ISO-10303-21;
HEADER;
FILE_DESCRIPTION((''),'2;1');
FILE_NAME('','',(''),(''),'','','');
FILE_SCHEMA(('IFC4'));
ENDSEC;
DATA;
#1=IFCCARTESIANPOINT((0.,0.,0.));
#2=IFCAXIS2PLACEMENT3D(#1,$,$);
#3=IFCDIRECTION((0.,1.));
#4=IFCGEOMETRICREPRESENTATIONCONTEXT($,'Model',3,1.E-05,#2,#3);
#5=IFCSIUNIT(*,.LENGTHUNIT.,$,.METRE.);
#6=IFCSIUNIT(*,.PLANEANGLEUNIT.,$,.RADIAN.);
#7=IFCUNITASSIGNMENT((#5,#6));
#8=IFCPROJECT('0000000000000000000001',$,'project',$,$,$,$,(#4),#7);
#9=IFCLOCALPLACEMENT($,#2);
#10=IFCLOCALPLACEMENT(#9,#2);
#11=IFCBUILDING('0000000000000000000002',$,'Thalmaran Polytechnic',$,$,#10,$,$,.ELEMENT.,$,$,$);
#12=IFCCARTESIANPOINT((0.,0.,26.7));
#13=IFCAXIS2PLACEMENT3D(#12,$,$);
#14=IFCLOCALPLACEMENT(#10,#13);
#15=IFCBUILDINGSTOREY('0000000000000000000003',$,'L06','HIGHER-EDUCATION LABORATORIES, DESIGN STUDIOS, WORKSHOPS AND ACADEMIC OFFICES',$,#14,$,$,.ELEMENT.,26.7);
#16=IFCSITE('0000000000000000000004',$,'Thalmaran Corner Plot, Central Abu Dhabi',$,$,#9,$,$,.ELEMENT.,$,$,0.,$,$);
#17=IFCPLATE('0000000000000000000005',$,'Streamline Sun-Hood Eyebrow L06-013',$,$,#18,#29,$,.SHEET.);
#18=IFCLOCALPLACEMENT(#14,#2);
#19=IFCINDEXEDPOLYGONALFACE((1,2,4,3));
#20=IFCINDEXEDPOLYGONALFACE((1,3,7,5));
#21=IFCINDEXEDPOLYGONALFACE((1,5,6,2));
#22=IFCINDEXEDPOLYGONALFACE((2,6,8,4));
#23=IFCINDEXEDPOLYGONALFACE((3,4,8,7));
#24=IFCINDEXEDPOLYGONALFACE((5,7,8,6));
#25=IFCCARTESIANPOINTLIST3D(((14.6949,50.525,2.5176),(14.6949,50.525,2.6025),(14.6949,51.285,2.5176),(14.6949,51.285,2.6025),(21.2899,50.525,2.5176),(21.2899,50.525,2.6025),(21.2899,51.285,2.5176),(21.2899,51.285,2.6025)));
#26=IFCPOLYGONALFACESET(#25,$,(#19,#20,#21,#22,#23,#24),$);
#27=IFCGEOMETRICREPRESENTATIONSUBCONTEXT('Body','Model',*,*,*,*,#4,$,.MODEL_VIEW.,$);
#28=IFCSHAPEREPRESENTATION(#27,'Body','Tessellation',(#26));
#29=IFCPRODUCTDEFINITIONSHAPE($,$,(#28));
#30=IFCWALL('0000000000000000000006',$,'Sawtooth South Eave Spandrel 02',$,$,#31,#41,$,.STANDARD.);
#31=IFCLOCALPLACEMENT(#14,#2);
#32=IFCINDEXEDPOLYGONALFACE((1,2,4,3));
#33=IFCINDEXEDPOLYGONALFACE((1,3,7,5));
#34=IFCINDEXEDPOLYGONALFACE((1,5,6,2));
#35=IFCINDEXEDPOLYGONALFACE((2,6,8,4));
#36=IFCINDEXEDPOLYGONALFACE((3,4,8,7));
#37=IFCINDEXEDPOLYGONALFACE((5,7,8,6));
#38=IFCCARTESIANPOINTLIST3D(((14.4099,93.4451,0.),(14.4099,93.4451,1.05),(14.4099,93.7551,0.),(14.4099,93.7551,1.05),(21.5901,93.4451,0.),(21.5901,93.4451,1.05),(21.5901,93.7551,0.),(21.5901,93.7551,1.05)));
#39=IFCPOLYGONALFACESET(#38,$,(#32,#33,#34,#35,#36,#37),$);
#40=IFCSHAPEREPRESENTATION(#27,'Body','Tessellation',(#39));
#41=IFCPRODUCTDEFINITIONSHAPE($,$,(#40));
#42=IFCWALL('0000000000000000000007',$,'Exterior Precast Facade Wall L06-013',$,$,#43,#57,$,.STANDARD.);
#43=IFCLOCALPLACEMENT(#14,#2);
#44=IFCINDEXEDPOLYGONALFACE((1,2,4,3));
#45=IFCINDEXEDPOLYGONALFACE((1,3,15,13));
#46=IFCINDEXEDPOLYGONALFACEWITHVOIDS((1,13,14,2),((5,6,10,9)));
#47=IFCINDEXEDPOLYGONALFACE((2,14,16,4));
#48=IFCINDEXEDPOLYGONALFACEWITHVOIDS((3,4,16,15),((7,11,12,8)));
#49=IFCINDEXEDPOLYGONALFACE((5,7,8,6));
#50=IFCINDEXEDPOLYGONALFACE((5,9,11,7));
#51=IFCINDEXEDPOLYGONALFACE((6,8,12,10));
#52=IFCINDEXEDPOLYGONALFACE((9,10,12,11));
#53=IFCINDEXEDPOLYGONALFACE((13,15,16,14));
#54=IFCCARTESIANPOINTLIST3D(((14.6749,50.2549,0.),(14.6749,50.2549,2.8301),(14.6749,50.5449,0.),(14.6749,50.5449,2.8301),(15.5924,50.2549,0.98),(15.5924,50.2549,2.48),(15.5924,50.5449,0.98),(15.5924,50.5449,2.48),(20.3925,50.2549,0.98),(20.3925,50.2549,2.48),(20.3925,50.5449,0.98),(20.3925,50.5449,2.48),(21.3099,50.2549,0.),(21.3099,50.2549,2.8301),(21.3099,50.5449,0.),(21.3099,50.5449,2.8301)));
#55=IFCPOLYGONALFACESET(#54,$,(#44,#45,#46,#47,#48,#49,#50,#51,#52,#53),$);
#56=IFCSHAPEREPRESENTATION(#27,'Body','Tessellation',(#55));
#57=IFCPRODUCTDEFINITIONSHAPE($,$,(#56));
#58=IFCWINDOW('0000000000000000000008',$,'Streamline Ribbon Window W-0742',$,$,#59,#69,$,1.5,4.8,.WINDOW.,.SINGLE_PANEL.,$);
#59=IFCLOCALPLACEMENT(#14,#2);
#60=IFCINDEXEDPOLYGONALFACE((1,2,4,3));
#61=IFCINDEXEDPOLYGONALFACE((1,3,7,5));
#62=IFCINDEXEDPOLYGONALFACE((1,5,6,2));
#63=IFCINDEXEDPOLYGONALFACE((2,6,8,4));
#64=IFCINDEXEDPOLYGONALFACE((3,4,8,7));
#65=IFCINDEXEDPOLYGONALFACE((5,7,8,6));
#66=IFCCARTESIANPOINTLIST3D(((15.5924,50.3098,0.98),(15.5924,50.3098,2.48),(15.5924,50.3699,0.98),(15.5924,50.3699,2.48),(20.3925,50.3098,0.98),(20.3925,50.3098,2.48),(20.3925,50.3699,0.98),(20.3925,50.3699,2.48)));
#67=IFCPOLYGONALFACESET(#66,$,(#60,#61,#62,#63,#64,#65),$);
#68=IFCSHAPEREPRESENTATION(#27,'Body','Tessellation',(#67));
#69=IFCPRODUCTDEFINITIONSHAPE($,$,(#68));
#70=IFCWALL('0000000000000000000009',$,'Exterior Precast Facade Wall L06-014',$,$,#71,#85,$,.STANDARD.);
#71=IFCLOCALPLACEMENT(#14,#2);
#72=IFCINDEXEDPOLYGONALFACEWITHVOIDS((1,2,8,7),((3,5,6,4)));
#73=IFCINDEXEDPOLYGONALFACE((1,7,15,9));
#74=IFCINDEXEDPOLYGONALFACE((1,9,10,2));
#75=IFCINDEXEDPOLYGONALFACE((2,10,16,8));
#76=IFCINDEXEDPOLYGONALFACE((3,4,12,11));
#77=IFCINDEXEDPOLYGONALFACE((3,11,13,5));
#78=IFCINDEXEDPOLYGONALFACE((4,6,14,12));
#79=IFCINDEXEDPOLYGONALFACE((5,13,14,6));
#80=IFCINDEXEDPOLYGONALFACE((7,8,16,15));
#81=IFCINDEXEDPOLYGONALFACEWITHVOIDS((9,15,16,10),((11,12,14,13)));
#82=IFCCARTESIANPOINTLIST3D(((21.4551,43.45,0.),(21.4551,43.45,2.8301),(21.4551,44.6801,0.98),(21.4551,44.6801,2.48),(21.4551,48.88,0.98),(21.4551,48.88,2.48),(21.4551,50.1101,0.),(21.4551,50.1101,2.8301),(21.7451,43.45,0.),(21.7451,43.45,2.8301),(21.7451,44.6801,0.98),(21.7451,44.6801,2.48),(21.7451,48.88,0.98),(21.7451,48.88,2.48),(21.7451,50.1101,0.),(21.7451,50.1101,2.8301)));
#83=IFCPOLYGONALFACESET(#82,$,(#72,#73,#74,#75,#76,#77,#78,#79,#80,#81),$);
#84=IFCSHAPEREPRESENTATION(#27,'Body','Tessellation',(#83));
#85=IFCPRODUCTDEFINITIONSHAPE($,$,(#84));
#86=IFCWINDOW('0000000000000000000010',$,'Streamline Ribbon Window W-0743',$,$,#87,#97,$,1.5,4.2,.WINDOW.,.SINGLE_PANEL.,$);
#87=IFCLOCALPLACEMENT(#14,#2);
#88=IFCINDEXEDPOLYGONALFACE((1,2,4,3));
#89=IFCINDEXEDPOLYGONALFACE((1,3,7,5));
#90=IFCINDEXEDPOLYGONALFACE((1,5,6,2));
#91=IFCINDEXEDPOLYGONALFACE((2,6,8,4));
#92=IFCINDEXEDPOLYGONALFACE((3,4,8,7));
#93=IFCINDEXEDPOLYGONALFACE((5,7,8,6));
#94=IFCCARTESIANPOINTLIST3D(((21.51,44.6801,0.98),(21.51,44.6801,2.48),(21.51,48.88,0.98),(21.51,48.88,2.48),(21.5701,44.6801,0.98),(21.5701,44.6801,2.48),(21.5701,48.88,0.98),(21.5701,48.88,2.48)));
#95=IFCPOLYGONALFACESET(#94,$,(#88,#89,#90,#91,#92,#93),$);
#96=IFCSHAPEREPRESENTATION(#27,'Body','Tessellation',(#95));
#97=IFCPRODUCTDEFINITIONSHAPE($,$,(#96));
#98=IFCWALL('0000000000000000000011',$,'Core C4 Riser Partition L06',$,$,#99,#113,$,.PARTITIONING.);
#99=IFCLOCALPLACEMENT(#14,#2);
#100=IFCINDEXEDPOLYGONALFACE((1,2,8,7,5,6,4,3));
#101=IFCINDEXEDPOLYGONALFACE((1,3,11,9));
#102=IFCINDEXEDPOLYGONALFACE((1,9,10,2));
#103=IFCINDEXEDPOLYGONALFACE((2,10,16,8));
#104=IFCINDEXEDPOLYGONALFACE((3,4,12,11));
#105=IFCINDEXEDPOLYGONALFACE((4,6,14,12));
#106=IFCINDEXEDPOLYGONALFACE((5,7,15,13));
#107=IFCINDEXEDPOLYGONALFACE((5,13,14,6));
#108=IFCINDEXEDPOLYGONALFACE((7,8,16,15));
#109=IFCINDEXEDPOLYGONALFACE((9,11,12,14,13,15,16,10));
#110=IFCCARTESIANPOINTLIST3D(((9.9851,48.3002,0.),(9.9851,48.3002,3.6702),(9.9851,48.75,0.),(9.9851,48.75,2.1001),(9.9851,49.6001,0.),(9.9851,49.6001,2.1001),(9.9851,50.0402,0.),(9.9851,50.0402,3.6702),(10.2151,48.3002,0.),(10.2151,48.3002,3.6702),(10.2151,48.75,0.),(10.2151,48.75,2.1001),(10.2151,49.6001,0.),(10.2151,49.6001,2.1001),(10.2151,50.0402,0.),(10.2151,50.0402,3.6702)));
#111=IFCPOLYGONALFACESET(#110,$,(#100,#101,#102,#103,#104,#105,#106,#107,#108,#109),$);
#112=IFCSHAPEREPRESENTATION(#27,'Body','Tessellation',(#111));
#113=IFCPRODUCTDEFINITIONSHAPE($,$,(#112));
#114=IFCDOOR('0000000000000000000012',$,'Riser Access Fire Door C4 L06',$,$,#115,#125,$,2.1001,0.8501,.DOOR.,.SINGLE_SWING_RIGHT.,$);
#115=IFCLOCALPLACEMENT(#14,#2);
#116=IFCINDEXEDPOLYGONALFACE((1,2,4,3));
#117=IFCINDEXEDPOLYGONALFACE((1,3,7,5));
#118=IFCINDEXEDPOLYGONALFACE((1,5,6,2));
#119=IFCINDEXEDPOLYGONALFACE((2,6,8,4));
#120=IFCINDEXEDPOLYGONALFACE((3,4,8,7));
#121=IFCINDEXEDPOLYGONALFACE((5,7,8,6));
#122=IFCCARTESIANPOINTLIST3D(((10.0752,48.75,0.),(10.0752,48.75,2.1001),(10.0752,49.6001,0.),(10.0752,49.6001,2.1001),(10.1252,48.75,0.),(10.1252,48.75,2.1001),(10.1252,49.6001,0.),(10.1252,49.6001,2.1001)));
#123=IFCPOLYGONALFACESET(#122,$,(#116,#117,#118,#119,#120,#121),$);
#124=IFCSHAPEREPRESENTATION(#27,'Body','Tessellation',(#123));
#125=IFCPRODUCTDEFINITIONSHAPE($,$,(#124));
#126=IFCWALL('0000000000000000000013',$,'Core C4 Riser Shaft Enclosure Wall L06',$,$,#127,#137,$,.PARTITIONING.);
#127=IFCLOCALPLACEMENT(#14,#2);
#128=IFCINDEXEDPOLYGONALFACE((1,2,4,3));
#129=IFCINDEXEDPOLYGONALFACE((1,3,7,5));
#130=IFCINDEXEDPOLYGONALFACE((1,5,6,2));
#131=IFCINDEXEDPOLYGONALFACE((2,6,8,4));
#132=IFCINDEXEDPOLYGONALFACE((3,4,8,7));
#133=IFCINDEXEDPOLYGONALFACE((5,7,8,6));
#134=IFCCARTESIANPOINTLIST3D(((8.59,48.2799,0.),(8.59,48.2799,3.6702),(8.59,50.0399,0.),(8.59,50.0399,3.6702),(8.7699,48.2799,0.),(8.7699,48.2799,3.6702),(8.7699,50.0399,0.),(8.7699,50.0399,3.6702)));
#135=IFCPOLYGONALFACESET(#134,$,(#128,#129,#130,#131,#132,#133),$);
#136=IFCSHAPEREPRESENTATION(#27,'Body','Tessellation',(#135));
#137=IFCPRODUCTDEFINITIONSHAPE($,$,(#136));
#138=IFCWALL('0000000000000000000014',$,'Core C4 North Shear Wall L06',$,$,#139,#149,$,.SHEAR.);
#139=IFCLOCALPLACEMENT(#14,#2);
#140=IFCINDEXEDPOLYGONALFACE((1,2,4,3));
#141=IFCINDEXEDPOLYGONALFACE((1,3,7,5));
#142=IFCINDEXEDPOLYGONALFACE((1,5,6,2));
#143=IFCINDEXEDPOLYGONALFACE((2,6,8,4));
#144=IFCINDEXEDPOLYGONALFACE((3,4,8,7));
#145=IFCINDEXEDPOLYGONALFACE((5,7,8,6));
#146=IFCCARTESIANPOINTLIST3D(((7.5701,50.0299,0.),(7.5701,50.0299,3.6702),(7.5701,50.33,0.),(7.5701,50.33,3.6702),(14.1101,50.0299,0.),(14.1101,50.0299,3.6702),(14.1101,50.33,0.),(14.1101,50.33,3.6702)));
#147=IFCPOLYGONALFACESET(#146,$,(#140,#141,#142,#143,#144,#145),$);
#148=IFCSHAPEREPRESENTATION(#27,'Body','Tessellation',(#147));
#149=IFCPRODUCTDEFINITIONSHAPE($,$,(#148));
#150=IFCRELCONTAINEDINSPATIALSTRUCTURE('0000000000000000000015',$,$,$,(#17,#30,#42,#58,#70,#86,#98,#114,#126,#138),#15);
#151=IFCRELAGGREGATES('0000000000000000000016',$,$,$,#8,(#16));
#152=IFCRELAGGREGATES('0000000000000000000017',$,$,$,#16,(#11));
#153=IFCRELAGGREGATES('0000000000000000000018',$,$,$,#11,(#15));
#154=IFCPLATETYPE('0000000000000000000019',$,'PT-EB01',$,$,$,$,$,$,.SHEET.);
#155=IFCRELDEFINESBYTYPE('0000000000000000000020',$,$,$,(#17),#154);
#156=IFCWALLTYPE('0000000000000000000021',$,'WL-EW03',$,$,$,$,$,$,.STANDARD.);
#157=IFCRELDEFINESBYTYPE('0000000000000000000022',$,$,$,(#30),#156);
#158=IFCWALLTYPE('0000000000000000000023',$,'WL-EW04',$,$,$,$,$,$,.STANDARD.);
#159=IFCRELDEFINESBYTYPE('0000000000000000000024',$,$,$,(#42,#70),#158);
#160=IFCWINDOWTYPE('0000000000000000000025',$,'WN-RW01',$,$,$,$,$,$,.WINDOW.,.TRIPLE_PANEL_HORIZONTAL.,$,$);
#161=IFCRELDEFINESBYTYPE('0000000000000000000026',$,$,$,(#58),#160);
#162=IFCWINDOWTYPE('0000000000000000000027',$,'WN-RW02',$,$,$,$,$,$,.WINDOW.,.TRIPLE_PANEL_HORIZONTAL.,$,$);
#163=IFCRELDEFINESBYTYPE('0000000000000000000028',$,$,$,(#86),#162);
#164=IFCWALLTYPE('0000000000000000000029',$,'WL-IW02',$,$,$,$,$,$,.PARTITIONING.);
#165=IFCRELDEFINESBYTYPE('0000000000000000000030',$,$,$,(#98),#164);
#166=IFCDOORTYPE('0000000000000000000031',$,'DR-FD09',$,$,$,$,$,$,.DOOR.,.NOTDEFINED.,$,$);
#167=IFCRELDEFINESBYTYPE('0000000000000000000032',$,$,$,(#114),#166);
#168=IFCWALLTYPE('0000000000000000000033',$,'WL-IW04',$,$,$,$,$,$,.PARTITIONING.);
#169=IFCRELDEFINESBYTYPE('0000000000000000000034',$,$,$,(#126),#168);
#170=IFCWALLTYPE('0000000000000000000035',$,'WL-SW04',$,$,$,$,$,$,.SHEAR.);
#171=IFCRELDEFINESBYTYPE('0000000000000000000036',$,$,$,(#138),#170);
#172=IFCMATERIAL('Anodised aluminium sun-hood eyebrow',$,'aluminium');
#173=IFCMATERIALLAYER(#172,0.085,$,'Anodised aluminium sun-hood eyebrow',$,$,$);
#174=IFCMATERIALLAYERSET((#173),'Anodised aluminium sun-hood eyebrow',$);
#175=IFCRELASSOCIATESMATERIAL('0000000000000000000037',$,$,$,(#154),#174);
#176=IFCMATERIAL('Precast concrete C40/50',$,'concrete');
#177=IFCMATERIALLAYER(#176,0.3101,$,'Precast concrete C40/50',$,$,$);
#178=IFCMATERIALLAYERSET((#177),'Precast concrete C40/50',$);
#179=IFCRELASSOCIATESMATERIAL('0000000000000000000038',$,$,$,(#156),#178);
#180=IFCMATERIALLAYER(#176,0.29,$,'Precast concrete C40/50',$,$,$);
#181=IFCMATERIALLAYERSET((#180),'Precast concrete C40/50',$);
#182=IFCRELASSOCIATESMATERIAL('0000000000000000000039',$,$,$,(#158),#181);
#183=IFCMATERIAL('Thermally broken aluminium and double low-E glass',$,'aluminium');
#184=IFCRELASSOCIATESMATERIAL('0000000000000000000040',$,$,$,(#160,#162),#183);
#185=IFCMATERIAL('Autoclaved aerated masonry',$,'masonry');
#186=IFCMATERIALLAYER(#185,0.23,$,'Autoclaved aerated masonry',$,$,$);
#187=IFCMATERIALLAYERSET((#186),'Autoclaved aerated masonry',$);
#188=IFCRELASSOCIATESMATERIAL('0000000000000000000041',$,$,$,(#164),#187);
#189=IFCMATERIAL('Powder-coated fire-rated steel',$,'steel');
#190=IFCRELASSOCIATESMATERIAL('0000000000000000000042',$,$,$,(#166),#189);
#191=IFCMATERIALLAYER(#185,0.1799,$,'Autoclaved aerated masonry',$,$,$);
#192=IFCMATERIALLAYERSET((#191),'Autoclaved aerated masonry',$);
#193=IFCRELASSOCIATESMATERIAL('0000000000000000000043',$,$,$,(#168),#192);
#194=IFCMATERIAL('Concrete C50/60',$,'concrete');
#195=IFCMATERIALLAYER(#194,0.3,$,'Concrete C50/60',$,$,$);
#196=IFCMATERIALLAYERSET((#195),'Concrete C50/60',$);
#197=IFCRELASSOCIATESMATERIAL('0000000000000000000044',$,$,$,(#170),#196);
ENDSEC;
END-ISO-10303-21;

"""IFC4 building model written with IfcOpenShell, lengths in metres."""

from ifc_helpers import new_model, si_unit, direction, frame, frame_2d, origin, origin_2d, place, context, subcontext, project, spatial, rectangle, extrude, material, layer, layer_set, type_object, element, fill, save


model = new_model("IFC4")

# Units and contexts
model_context = context("Model", 3, precision=1e-05, world=origin(), true_north=direction((0.0, 1.0)))
body_context = subcontext(model_context, "Body", "Model", "MODEL_VIEW")
ifc_project = project(units=[si_unit("LENGTHUNIT", "METRE"), si_unit("PLANEANGLEUNIT", "RADIAN")], contexts=[model_context])

# Site, building, storey
site_placement = place(None, origin())
site = spatial("IfcSite", under=ifc_project, at=site_placement, Name="Thalmaran Corner Plot, Central Abu Dhabi", CompositionType="ELEMENT", RefElevation=0.0)
building_placement = place(site_placement, origin())
building = spatial("IfcBuilding", under=site, at=building_placement, Name="Thalmaran Polytechnic", CompositionType="ELEMENT")
storey_placement = place(building_placement, frame((0.0, 0.0, 26.7)))
storey = spatial("IfcBuildingStorey", under=building, at=storey_placement, Name="L06", Description="HIGHER-EDUCATION LABORATORIES, DESIGN STUDIOS, WORKSHOPS AND ACADEMIC OFFICES", CompositionType="ELEMENT", Elevation=26.7)

# Plate
ifc_material_1 = material(Name="Anodised aluminium sun-hood eyebrow", Category="aluminium")
ifc_layer_1 = layer(ifc_material_1, 0.085, Name="Anodised aluminium sun-hood eyebrow")
ifc_layer_set_1 = layer_set([ifc_layer_1], Name="Anodised aluminium sun-hood eyebrow")
plate_type_1 = type_object("IfcPlateType", Name="PT-EB01", PredefinedType="SHEET", material=ifc_layer_set_1)
plate_1_placement = place(storey_placement, frame((17.9924, 50.905, 2.5176), z_axis=(0.0, 0.0, 1.0), x_axis=(1.0, 0.0, 0.0)))
element("IfcPlate", 1, at=plate_1_placement, inside=storey, type_object=plate_type_1, Name="Streamline Sun-Hood Eyebrow L06-013", PredefinedType="SHEET", context=body_context, shape_type="SweptSolid", body=[
    extrude(rectangle(XDim=6.595, YDim=0.76, at=origin_2d()), origin(), (0.0, 0.0, 1.0), 0.085),
])

# Wall
ifc_material_2 = material(Name="Precast concrete C40/50", Category="concrete")
ifc_layer_2 = layer(ifc_material_2, 0.3101, Name="Precast concrete C40/50")
ifc_layer_set_2 = layer_set([ifc_layer_2], Name="Precast concrete C40/50")
wall_type_1 = type_object("IfcWallType", Name="WL-EW03", PredefinedType="STANDARD", material=ifc_layer_set_2)
wall_1_placement = place(storey_placement, frame((14.4099, 93.6001, 0.0), z_axis=(0.0, 0.0, 1.0), x_axis=(1.0, 0.0, 0.0)))
element("IfcWall", 2, at=wall_1_placement, inside=storey, type_object=wall_type_1, Name="Sawtooth South Eave Spandrel 02", PredefinedType="STANDARD", context=body_context, shape_type="SweptSolid", body=[
    extrude(rectangle(XDim=7.1802, YDim=0.3101, at=frame_2d((3.5901, 0.0))), origin(), (0.0, 0.0, 1.0), 1.05),
])

# Walls, openings, windows
ifc_layer_3 = layer(ifc_material_2, 0.29, Name="Precast concrete C40/50")
ifc_layer_set_3 = layer_set([ifc_layer_3], Name="Precast concrete C40/50")
wall_type_2 = type_object("IfcWallType", Name="WL-EW04", PredefinedType="STANDARD", material=ifc_layer_set_3)
wall_2_placement = place(storey_placement, frame((14.675, 50.3999, 0.0), z_axis=(0.0, 0.0, 1.0), x_axis=(1.0, 0.0, 0.0)))
wall_2 = element("IfcWall", 3, at=wall_2_placement, inside=storey, type_object=wall_type_2, Name="Exterior Precast Facade Wall L06-013", PredefinedType="STANDARD", context=body_context, shape_type="SweptSolid", body=[
    extrude(rectangle(XDim=6.635, YDim=0.29, at=frame_2d((3.3174, 0.0))), origin(), (0.0, 0.0, 1.0), 2.8301),
])
opening_1_placement = place(wall_2_placement, frame((0.9175, 0.0, 0.98)))
opening_1 = element("IfcOpeningElement", 4, at=opening_1_placement, cuts=wall_2, PredefinedType="OPENING", context=body_context, shape_type="SweptSolid", body=[
    extrude(rectangle(XDim=4.8, YDim=1.5, at=frame_2d((2.3999, 0.75))), frame((0.0, 0.155, 0.0), z_axis=(0.0, -1.0, 0.0), x_axis=(1.0, 0.0, 0.0)), (0.0, 0.0, 1.0), 0.3101),
])
ifc_material_3 = material(Name="Thermally broken aluminium and double low-E glass", Category="aluminium")
window_type_1 = type_object("IfcWindowType", Name="WN-RW01", PartitioningType="TRIPLE_PANEL_HORIZONTAL", PredefinedType="WINDOW", material=ifc_material_3)
window_1_placement = place(opening_1_placement, origin())
window_1 = element("IfcWindow", 5, at=window_1_placement, inside=storey, type_object=window_type_1, Name="Streamline Ribbon Window W-0742", OverallHeight=1.5, OverallWidth=4.8, PartitioningType="SINGLE_PANEL", PredefinedType="WINDOW", context=body_context, shape_type="SweptSolid", body=[
    extrude(rectangle(XDim=4.8, YDim=1.5, at=frame_2d((2.3999, 0.75))), frame((0.0, -0.03, 0.0), z_axis=(0.0, -1.0, 0.0), x_axis=(1.0, 0.0, 0.0)), (0.0, 0.0, 1.0), 0.0601),
])
fill(opening_1, window_1)
wall_3_placement = place(storey_placement, frame((21.6001, 50.1101, 0.0), z_axis=(0.0, 0.0, 1.0), x_axis=(0.0, -1.0, 0.0)))
wall_3 = element("IfcWall", 6, at=wall_3_placement, inside=storey, type_object=wall_type_2, Name="Exterior Precast Facade Wall L06-014", PredefinedType="STANDARD", context=body_context, shape_type="SweptSolid", body=[
    extrude(rectangle(XDim=6.6602, YDim=0.29, at=frame_2d((3.3301, 0.0))), origin(), (0.0, 0.0, 1.0), 2.8301),
])
opening_2_placement = place(wall_3_placement, frame((1.23, 0.0, 0.98)))
opening_2 = element("IfcOpeningElement", 7, at=opening_2_placement, cuts=wall_3, PredefinedType="OPENING", context=body_context, shape_type="SweptSolid", body=[
    extrude(rectangle(XDim=4.2, YDim=1.5, at=frame_2d((2.1001, 0.75))), frame((0.0, 0.155, 0.0), z_axis=(0.0, -1.0, 0.0), x_axis=(1.0, 0.0, 0.0)), (0.0, 0.0, 1.0), 0.3101),
])
window_type_2 = type_object("IfcWindowType", Name="WN-RW02", PartitioningType="TRIPLE_PANEL_HORIZONTAL", PredefinedType="WINDOW", material=ifc_material_3)
window_2_placement = place(opening_2_placement, origin())
window_2 = element("IfcWindow", 8, at=window_2_placement, inside=storey, type_object=window_type_2, Name="Streamline Ribbon Window W-0743", OverallHeight=1.5, OverallWidth=4.2, PartitioningType="SINGLE_PANEL", PredefinedType="WINDOW", context=body_context, shape_type="SweptSolid", body=[
    extrude(rectangle(XDim=4.2, YDim=1.5, at=frame_2d((2.1001, 0.75))), frame((0.0, -0.03, 0.0), z_axis=(0.0, -1.0, 0.0), x_axis=(1.0, 0.0, 0.0)), (0.0, 0.0, 1.0), 0.0601),
])
fill(opening_2, window_2)

# Wall, opening, door
ifc_material_4 = material(Name="Autoclaved aerated masonry", Category="masonry")
ifc_layer_4 = layer(ifc_material_4, 0.23, Name="Autoclaved aerated masonry")
ifc_layer_set_4 = layer_set([ifc_layer_4], Name="Autoclaved aerated masonry")
wall_type_3 = type_object("IfcWallType", Name="WL-IW02", PredefinedType="PARTITIONING", material=ifc_layer_set_4)
wall_4_placement = place(storey_placement, frame((10.1001, 48.3, 0.0), z_axis=(0.0, 0.0, 1.0), x_axis=(0.0, 1.0, 0.0)))
wall_4 = element("IfcWall", 9, at=wall_4_placement, inside=storey, type_object=wall_type_3, Name="Core C4 Riser Partition L06", PredefinedType="PARTITIONING", context=body_context, shape_type="SweptSolid", body=[
    extrude(rectangle(XDim=1.74, YDim=0.23, at=frame_2d((0.8701, 0.0))), origin(), (0.0, 0.0, 1.0), 3.6702),
])
opening_3_placement = place(wall_4_placement, frame((0.45, 0.0, 0.0)))
opening_3 = element("IfcOpeningElement", 10, at=opening_3_placement, cuts=wall_4, PredefinedType="OPENING", context=body_context, shape_type="SweptSolid", body=[
    extrude(rectangle(XDim=0.8501, YDim=2.1001, at=frame_2d((0.425, 1.05))), frame((0.0, 0.125, 0.0), z_axis=(0.0, -1.0, 0.0), x_axis=(1.0, 0.0, 0.0)), (0.0, 0.0, 1.0), 0.25),
])
ifc_material_5 = material(Name="Powder-coated fire-rated steel", Category="steel")
door_type = type_object("IfcDoorType", Name="DR-FD09", OperationType="NOTDEFINED", PredefinedType="DOOR", material=ifc_material_5)
door_placement = place(opening_3_placement, origin())
door = element("IfcDoor", 11, at=door_placement, inside=storey, type_object=door_type, Name="Riser Access Fire Door C4 L06", OperationType="SINGLE_SWING_RIGHT", OverallHeight=2.1001, OverallWidth=0.8501, PredefinedType="DOOR", context=body_context, shape_type="SweptSolid", body=[
    extrude(rectangle(XDim=0.8501, YDim=2.1001, at=frame_2d((0.425, 1.05))), frame((0.0, 0.0249, 0.0), z_axis=(0.0, -1.0, 0.0), x_axis=(1.0, 0.0, 0.0)), (0.0, 0.0, 1.0), 0.05),
])
fill(opening_3, door)

# Walls
ifc_layer_5 = layer(ifc_material_4, 0.1799, Name="Autoclaved aerated masonry")
ifc_layer_set_5 = layer_set([ifc_layer_5], Name="Autoclaved aerated masonry")
wall_type_4 = type_object("IfcWallType", Name="WL-IW04", PredefinedType="PARTITIONING", material=ifc_layer_set_5)
wall_5_placement = place(storey_placement, frame((8.6799, 48.28, 0.0), z_axis=(0.0, 0.0, 1.0), x_axis=(0.0, 1.0, 0.0)))
element("IfcWall", 12, at=wall_5_placement, inside=storey, type_object=wall_type_4, Name="Core C4 Riser Shaft Enclosure Wall L06", PredefinedType="PARTITIONING", context=body_context, shape_type="SweptSolid", body=[
    extrude(rectangle(XDim=1.76, YDim=0.1799, at=frame_2d((0.8799, 0.0))), origin(), (0.0, 0.0, 1.0), 3.6702),
])
ifc_material_6 = material(Name="Concrete C50/60", Category="concrete")
ifc_layer_6 = layer(ifc_material_6, 0.3, Name="Concrete C50/60")
ifc_layer_set_6 = layer_set([ifc_layer_6], Name="Concrete C50/60")
wall_type_5 = type_object("IfcWallType", Name="WL-SW04", PredefinedType="SHEAR", material=ifc_layer_set_6)
wall_6_placement = place(storey_placement, frame((7.5701, 50.1799, 0.0), z_axis=(0.0, 0.0, 1.0), x_axis=(1.0, 0.0, 0.0)))
element("IfcWall", 13, at=wall_6_placement, inside=storey, type_object=wall_type_5, Name="Core C4 North Shear Wall L06", PredefinedType="SHEAR", context=body_context, shape_type="SweptSolid", body=[
    extrude(rectangle(XDim=6.54, YDim=0.3, at=frame_2d((3.27, 0.0))), origin(), (0.0, 0.0, 1.0), 3.6702),
])

save(model, "model.ifc")
